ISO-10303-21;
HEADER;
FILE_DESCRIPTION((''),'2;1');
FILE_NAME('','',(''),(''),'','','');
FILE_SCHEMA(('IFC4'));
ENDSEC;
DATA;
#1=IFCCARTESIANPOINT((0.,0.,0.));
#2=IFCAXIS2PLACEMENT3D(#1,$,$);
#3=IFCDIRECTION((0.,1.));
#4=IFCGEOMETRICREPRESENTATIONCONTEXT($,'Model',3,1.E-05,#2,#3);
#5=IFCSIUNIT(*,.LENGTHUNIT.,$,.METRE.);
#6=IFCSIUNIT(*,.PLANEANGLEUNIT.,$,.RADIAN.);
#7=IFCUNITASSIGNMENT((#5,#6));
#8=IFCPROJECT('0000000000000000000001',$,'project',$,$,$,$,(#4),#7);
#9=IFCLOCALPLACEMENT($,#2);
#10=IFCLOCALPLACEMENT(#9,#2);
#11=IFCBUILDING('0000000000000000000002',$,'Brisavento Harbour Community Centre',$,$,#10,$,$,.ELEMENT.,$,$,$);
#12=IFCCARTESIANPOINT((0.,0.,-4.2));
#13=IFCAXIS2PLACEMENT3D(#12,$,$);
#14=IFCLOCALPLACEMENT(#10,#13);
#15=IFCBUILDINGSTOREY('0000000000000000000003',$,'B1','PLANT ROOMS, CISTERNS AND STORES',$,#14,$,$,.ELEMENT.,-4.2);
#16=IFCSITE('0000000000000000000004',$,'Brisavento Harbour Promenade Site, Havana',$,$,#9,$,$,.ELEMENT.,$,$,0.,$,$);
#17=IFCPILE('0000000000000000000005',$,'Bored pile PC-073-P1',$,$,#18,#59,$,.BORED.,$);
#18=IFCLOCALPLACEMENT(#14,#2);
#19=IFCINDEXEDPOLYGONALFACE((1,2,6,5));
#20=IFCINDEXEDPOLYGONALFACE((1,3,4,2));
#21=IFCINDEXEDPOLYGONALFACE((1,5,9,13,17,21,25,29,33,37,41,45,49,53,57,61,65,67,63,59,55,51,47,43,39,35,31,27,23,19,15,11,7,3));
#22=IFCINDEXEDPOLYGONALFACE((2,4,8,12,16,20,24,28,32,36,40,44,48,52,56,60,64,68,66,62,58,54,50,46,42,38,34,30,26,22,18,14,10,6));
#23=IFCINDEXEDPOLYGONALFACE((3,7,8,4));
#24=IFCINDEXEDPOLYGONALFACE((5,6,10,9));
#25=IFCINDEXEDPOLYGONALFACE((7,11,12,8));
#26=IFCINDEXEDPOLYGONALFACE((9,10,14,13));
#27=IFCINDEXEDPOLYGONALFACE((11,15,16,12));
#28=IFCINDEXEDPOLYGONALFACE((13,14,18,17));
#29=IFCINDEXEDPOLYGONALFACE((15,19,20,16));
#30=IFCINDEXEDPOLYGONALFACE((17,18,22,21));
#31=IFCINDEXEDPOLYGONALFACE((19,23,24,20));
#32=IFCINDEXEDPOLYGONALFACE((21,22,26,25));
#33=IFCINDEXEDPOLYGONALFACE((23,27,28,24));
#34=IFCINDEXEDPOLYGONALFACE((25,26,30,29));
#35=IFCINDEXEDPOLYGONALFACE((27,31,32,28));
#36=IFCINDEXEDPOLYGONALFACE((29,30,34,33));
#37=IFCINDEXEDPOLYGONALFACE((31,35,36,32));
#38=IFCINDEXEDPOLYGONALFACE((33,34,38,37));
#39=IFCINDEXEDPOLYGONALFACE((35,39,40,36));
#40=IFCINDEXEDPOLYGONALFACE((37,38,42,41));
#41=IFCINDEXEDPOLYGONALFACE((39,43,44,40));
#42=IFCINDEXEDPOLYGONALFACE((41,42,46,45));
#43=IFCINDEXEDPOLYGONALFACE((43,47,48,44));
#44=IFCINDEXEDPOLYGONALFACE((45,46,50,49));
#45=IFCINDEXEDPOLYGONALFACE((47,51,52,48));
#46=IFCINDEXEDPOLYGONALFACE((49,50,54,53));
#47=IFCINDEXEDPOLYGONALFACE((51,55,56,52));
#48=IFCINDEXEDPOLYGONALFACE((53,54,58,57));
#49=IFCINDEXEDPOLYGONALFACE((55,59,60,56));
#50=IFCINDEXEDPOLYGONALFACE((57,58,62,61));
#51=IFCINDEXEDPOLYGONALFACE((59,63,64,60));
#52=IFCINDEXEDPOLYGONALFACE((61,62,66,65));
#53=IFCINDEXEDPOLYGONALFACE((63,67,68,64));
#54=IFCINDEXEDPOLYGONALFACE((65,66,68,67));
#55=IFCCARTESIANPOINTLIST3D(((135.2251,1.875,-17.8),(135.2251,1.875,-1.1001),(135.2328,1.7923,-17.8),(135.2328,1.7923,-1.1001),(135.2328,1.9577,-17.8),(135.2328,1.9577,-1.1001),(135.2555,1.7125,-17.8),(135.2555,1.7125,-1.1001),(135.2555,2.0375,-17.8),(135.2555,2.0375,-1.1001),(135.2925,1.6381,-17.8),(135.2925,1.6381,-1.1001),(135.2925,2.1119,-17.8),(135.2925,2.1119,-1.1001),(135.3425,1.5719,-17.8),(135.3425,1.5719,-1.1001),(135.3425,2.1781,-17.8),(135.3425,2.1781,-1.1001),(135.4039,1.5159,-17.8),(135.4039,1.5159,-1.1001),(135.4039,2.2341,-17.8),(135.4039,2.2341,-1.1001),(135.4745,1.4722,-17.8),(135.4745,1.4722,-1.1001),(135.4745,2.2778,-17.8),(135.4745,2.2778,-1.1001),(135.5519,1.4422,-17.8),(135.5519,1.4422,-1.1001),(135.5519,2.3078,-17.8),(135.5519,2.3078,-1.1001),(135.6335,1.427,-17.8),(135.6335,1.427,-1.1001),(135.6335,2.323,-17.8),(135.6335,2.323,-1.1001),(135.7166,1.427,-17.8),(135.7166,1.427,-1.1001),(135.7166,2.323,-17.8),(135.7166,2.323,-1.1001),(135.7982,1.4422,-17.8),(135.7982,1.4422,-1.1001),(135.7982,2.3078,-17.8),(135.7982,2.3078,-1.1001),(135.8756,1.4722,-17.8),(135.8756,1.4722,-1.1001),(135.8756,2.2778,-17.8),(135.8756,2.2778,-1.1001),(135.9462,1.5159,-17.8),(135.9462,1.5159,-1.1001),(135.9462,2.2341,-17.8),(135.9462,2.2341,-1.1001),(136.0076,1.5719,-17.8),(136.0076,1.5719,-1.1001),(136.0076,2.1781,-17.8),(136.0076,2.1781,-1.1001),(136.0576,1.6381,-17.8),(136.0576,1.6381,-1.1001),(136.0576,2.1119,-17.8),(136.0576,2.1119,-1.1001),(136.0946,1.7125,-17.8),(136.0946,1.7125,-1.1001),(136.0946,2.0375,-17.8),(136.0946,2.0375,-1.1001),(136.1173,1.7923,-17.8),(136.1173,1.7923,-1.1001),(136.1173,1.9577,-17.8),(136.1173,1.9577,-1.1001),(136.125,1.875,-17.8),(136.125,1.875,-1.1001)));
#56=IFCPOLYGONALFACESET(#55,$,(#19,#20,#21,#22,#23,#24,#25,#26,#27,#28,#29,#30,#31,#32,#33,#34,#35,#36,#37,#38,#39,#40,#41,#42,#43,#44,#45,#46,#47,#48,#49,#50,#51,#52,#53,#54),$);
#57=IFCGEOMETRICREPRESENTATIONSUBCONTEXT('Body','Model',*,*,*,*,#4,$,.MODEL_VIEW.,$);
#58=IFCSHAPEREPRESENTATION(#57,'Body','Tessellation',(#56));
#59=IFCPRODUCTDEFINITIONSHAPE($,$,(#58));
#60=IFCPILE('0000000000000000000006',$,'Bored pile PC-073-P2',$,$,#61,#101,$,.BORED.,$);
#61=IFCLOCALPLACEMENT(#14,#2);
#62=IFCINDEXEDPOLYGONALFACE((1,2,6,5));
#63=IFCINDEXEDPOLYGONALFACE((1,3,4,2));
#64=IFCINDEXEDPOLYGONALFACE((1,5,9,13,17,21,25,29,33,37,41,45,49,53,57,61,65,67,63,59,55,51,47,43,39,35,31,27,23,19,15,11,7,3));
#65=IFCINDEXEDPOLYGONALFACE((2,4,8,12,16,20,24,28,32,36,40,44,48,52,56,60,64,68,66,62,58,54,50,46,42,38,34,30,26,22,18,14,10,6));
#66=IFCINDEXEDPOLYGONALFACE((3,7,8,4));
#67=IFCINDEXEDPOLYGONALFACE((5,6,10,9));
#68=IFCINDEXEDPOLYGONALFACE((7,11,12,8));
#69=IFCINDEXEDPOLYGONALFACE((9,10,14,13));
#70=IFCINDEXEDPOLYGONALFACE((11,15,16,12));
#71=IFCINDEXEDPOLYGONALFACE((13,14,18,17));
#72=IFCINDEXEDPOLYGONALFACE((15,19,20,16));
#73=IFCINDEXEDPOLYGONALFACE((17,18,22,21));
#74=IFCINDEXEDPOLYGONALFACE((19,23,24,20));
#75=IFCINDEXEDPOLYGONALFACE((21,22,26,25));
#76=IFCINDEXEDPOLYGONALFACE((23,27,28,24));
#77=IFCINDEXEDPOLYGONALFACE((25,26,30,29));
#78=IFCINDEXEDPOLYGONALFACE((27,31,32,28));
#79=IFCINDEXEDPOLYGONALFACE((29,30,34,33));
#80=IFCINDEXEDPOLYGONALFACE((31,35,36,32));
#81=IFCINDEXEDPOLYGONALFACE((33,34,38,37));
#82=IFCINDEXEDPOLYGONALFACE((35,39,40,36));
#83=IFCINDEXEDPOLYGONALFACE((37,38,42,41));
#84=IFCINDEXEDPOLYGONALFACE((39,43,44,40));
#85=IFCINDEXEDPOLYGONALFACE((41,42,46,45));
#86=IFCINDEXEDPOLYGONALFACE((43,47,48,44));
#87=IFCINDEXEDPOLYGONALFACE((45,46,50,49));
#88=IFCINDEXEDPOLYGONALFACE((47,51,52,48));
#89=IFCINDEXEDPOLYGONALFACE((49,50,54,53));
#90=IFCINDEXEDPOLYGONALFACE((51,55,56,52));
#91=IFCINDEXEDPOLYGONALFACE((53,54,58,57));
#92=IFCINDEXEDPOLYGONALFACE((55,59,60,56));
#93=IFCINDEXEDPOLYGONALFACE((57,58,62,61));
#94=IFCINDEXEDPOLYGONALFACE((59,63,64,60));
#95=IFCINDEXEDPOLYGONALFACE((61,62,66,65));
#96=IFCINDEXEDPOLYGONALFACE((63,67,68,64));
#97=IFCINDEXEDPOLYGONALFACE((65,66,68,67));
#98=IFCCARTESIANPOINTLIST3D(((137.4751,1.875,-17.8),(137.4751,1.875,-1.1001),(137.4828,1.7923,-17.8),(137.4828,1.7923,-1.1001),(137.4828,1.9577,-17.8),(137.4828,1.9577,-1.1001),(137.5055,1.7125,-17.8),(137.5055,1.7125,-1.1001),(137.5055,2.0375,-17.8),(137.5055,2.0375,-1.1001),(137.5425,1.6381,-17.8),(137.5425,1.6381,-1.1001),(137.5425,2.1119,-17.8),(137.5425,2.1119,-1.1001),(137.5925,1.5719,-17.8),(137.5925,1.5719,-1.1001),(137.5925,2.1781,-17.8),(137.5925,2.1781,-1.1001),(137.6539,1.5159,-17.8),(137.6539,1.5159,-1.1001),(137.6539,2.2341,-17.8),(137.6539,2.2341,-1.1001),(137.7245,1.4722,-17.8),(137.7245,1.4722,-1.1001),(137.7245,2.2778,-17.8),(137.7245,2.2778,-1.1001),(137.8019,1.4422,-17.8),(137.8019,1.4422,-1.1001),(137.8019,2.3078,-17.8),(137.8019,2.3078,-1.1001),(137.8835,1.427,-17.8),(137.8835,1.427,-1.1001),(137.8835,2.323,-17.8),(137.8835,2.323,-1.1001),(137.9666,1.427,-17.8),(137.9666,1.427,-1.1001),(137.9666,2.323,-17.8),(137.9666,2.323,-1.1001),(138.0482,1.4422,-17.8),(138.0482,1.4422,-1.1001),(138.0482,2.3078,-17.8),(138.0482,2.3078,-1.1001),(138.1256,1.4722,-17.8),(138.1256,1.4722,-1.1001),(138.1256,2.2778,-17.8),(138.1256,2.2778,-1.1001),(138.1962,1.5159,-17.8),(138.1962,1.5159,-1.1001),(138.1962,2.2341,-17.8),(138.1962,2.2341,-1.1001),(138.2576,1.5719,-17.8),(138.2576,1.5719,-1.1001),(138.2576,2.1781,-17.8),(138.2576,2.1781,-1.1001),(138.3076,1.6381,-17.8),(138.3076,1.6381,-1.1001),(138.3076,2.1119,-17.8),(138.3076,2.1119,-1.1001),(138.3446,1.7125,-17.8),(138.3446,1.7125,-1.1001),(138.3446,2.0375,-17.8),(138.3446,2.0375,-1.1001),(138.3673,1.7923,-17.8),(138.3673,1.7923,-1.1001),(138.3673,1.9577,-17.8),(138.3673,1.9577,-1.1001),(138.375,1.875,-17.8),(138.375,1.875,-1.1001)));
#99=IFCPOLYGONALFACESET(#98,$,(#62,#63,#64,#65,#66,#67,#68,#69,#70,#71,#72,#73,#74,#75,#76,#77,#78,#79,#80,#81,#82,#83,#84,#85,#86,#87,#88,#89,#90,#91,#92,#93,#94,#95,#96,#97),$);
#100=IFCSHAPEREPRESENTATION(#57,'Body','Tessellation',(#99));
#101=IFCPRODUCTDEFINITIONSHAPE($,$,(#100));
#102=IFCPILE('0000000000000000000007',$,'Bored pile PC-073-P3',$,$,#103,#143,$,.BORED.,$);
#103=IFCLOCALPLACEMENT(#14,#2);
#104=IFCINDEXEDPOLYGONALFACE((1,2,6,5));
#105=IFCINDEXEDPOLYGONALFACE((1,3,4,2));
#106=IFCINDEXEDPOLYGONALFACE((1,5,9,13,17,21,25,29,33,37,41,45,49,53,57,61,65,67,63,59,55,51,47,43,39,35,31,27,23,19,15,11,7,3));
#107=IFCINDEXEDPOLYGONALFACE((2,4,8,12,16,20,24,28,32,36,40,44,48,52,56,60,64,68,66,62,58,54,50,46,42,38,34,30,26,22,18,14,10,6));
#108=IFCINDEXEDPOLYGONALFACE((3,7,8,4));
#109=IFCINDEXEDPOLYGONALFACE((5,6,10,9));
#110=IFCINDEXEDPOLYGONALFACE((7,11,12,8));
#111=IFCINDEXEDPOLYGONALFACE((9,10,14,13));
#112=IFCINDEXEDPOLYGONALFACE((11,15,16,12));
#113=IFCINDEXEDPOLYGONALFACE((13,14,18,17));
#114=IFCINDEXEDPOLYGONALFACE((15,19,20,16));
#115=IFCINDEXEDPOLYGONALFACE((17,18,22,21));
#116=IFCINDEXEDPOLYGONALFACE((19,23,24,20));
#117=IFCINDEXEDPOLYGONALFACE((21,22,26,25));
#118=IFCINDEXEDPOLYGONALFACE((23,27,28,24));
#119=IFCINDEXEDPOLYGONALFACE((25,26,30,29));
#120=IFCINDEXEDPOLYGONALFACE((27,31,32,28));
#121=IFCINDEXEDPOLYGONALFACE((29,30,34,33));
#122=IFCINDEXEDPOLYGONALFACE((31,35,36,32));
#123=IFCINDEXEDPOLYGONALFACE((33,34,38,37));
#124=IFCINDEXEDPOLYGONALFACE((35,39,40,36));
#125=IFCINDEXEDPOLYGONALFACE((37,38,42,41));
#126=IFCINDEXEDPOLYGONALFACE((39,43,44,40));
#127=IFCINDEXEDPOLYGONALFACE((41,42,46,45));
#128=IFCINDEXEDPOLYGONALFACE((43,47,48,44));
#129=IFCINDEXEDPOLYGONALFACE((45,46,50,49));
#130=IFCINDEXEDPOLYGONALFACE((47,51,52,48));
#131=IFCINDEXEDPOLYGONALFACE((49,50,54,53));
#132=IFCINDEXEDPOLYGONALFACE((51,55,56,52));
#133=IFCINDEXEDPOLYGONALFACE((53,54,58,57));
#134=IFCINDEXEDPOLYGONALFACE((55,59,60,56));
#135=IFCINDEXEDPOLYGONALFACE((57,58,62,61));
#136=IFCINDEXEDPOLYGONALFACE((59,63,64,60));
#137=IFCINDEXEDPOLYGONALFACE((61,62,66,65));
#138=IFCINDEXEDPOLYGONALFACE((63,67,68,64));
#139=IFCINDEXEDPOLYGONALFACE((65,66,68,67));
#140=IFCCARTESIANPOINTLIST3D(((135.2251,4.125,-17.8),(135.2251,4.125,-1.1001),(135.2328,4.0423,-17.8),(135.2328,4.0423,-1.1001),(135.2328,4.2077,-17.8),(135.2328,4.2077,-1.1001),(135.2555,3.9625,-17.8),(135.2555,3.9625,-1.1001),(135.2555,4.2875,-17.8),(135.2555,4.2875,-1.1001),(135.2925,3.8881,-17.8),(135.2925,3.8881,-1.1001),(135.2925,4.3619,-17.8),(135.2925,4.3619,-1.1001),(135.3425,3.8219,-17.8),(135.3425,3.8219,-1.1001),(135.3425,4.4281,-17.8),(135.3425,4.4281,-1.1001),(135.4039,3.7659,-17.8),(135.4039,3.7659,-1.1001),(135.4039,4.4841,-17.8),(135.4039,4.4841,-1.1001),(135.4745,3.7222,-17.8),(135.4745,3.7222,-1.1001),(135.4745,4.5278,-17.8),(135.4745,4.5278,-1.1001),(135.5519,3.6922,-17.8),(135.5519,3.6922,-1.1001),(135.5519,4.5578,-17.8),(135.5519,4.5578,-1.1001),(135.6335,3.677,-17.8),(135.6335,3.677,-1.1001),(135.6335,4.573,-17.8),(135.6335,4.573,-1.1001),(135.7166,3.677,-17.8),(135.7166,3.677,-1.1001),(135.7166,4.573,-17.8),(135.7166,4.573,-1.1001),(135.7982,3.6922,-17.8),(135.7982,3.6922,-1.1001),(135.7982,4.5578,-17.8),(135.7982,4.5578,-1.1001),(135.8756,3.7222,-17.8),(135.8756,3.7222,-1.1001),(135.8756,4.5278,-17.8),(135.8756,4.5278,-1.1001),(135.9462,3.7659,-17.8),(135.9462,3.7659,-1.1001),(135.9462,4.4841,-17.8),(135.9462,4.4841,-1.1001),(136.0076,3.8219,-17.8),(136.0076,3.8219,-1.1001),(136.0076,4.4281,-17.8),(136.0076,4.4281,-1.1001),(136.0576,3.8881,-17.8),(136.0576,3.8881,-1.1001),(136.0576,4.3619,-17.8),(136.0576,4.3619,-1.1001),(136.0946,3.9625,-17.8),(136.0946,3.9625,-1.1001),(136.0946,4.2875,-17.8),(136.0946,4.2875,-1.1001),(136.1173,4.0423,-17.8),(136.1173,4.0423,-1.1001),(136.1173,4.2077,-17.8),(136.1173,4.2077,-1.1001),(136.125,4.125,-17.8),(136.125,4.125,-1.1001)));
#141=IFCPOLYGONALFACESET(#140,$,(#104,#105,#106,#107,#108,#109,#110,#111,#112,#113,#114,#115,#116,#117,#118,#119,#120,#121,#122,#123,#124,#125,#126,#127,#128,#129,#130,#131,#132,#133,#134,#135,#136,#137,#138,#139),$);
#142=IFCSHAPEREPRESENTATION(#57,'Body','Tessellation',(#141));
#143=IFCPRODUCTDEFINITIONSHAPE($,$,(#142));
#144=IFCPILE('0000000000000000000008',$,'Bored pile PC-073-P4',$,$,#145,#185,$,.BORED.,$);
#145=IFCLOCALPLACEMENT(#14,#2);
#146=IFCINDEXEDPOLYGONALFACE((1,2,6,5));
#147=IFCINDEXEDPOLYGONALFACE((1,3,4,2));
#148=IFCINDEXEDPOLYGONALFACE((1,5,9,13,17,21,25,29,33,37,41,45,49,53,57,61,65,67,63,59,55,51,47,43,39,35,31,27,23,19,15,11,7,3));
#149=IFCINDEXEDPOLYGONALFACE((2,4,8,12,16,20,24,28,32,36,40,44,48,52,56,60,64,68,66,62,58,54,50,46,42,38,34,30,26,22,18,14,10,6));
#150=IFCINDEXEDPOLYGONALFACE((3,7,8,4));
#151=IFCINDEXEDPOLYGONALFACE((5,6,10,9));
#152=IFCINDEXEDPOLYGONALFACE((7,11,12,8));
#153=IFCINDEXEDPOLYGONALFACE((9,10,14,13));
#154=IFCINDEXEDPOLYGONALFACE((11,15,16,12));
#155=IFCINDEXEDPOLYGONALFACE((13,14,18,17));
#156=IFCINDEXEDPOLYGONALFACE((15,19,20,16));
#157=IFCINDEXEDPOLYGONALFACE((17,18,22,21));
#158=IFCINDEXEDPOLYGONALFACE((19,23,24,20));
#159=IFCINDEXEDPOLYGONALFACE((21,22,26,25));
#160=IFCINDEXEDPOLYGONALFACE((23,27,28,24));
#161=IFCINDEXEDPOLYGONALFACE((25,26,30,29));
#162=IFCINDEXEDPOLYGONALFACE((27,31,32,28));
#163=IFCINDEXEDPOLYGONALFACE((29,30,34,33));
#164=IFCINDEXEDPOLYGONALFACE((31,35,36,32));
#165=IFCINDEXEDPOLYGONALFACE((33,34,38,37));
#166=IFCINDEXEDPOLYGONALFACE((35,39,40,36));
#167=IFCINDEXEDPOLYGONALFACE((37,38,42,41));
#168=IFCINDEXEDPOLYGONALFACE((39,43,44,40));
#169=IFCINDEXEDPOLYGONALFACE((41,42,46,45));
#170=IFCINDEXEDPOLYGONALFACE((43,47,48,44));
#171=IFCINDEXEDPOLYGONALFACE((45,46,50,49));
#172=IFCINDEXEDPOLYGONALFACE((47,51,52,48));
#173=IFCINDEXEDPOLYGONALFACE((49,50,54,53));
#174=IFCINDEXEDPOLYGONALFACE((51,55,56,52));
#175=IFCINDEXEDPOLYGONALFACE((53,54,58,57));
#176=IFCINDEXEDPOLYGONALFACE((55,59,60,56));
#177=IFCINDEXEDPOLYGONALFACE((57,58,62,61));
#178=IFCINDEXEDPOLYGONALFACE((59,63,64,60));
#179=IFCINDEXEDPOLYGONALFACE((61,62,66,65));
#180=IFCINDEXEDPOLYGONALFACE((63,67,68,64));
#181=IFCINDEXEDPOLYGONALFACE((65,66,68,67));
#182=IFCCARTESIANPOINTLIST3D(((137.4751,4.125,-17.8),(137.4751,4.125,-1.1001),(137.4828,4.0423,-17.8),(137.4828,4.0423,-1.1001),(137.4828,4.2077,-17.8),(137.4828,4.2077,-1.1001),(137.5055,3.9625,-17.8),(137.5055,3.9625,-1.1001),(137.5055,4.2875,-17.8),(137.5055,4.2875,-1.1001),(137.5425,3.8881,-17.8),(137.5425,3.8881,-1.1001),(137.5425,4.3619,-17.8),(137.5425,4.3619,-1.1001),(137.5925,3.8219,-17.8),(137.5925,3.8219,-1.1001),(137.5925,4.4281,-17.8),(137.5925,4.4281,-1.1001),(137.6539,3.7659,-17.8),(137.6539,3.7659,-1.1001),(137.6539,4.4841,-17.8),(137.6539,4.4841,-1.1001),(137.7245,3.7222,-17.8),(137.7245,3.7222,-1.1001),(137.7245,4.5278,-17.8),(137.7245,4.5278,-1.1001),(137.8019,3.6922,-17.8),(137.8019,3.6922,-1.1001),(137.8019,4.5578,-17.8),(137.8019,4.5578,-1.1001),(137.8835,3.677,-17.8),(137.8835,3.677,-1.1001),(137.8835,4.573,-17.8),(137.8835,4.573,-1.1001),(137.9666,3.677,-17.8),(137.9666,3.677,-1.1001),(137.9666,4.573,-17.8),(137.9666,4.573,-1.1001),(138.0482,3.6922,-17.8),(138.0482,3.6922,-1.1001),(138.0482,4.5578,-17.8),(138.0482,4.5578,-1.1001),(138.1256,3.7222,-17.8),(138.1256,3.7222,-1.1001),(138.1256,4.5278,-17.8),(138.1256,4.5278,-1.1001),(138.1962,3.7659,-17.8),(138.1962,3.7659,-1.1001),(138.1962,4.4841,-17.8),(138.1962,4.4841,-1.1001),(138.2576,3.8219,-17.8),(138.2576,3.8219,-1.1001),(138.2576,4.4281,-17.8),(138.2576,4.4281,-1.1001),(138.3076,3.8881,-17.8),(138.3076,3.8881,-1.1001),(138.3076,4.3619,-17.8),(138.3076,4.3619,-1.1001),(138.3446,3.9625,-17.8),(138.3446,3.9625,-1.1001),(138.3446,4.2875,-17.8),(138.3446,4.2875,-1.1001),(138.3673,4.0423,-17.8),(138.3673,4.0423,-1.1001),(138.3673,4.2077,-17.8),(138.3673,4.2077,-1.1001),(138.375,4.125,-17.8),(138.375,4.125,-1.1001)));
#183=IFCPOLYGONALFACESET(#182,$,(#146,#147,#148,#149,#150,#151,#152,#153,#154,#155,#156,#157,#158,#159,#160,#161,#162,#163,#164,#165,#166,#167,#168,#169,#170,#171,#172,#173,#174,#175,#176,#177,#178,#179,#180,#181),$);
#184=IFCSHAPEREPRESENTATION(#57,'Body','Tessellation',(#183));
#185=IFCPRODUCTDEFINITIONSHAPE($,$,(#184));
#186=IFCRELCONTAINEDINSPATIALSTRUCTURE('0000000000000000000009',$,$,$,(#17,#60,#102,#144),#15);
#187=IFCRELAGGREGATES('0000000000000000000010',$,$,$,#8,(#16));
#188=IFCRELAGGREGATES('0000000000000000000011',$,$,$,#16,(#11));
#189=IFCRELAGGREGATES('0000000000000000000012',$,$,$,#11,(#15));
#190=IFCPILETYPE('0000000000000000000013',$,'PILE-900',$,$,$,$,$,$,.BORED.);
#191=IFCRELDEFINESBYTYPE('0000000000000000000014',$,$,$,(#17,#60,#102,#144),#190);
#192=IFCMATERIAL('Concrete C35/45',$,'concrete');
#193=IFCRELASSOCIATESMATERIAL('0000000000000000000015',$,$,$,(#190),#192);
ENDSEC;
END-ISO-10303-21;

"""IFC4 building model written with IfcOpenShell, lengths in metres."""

from ifc_helpers import new_model, si_unit, direction, frame, origin, origin_2d, place, context, subcontext, project, spatial, circle, extrude, material, material_profile, profile_set, type_object, element, save


model = new_model("IFC4")

# Units and contexts
model_context = context("Model", 3, precision=1e-05, world=origin(), true_north=direction((0.0, 1.0)))
body_context = subcontext(model_context, "Body", "Model", "MODEL_VIEW")
ifc_project = project(units=[si_unit("LENGTHUNIT", "METRE"), si_unit("PLANEANGLEUNIT", "RADIAN")], contexts=[model_context])

# Site, building, storey
site_placement = place(None, origin())
site = spatial("IfcSite", under=ifc_project, at=site_placement, Name="Brisavento Harbour Promenade Site, Havana", CompositionType="ELEMENT", RefElevation=0.0)
building_placement = place(site_placement, origin())
building = spatial("IfcBuilding", under=site, at=building_placement, Name="Brisavento Harbour Community Centre", CompositionType="ELEMENT")
storey_placement = place(building_placement, frame((0.0, 0.0, -4.2)))
storey = spatial("IfcBuildingStorey", under=building, at=storey_placement, Name="B1", Description="PLANT ROOMS, CISTERNS AND STORES", CompositionType="ELEMENT", Elevation=-4.2)

# Shared definitions
ifc_material_1 = material(Name="Concrete C35/45", Category="concrete")

# Piles
ifc_material_profile_1 = material_profile(ifc_material_1, circle(Radius=0.45, at=origin_2d()), Name="Concrete C35/45")
ifc_profile_set_1 = profile_set([ifc_material_profile_1], Name="Concrete C35/45")
pile_type_1 = type_object("IfcPileType", Name="PILE-900", PredefinedType="BORED", material=ifc_profile_set_1)
for number, where, z_axis, x_axis, name in (
    (1, (135.675, 1.875, -1.1001), (0.0, 0.0, -1.0), (1.0, 0.0, 0.0), "Bored pile PC-073-P1"),
    (2, (137.925, 1.875, -1.1001), (0.0, 0.0, -1.0), (1.0, 0.0, 0.0), "Bored pile PC-073-P2"),
    (3, (135.675, 4.125, -1.1001), (0.0, 0.0, -1.0), (1.0, 0.0, 0.0), "Bored pile PC-073-P3"),
    (4, (137.925, 4.125, -1.1001), (0.0, 0.0, -1.0), (1.0, 0.0, 0.0), "Bored pile PC-073-P4"),
):
    element("IfcPile", number, at=place(storey_placement, frame(where, z_axis=z_axis, x_axis=x_axis)), inside=storey, type_object=pile_type_1, Name=name, PredefinedType="BORED", context=body_context, shape_type="SweptSolid", body=[
        extrude(circle(Radius=0.45, at=origin_2d()), origin(), (0.0, 0.0, 1.0), 16.7),
    ])

save(model, "model.ifc")
